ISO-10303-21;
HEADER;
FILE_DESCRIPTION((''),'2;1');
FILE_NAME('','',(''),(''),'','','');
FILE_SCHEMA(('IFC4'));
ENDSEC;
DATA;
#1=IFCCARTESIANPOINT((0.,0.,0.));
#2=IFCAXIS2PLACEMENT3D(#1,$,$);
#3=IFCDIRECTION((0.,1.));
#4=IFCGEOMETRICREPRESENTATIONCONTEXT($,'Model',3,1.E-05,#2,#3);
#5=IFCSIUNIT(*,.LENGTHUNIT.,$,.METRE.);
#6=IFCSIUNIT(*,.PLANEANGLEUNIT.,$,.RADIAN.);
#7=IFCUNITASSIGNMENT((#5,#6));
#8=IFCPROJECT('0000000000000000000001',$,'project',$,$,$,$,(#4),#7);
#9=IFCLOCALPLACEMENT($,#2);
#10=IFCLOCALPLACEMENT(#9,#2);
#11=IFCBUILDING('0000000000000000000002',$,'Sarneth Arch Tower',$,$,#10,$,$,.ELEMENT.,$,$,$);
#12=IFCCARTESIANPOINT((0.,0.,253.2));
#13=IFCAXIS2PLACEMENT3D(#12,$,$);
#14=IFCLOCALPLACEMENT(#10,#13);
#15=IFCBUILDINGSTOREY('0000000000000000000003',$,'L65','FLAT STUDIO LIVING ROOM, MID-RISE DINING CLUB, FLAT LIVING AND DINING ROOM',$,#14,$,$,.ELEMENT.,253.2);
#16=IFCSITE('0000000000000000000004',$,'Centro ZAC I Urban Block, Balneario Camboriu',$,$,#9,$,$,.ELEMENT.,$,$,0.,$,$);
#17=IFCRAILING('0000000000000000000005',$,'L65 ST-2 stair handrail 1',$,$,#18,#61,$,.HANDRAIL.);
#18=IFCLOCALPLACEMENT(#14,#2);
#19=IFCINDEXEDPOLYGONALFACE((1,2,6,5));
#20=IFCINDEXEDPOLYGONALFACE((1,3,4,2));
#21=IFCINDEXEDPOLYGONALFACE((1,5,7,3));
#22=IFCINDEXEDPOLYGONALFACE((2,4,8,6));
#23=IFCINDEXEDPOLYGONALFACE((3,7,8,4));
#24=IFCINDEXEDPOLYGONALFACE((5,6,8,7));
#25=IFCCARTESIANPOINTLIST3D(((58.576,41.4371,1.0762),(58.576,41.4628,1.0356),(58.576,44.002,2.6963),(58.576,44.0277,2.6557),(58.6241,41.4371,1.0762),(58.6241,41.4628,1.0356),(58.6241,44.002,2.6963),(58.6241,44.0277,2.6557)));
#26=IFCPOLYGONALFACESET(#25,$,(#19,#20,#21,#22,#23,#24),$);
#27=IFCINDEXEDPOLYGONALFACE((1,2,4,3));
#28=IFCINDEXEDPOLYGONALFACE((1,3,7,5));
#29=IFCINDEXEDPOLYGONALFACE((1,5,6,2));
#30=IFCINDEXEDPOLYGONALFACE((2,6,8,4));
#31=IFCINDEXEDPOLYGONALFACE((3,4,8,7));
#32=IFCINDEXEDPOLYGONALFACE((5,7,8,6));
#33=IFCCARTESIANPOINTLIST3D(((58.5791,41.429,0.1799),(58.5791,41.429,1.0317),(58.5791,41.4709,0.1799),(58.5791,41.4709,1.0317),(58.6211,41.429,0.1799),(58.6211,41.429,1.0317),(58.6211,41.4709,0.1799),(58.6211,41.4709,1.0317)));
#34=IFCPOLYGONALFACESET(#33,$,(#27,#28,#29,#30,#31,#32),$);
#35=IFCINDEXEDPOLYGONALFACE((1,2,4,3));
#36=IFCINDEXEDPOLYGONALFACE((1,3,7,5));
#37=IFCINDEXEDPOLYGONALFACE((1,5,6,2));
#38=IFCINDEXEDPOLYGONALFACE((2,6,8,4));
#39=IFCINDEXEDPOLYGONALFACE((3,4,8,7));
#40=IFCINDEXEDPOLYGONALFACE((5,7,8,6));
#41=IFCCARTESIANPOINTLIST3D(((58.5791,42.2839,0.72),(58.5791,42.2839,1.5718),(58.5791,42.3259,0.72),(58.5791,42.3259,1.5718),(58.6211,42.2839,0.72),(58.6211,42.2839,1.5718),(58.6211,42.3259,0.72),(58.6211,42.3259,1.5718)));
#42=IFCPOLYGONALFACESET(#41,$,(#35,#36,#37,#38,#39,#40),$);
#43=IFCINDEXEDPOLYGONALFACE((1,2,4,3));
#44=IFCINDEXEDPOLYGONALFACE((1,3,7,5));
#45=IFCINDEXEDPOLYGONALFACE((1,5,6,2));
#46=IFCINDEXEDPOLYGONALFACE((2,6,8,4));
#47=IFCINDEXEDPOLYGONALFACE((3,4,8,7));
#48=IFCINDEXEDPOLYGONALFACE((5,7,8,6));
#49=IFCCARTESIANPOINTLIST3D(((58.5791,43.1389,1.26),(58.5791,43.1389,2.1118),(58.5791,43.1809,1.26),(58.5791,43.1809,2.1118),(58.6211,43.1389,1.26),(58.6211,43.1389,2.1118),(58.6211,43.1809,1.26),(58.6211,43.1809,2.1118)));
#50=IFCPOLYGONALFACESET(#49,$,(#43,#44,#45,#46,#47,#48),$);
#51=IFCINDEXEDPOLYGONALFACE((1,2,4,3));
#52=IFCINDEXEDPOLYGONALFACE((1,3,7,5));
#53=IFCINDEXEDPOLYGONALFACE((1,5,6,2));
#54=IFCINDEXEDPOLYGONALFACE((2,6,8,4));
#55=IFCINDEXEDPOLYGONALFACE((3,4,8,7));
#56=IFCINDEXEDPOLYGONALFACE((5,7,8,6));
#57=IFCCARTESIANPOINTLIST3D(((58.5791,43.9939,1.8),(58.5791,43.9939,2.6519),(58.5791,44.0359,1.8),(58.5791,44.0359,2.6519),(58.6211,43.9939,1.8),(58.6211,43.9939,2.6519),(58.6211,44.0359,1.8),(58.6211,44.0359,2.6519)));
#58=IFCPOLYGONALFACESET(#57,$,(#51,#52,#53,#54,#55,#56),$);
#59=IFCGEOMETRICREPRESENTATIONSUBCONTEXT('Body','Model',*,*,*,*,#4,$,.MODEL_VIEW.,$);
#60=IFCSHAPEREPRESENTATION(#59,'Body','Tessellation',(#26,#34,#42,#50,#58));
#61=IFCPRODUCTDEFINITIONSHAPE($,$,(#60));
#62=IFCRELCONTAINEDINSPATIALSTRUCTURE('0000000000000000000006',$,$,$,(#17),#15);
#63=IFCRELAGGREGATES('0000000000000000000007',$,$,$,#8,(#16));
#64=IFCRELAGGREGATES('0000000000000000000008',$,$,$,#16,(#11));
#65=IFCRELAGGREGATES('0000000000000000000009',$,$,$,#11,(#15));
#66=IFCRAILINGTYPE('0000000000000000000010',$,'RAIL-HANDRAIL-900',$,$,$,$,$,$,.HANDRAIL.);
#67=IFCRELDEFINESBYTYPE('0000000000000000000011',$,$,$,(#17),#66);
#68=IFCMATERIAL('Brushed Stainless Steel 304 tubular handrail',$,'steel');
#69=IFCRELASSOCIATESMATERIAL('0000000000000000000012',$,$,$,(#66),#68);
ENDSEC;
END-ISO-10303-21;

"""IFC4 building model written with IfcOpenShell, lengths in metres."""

from ifc_helpers import new_model, si_unit, direction, frame, origin, origin_2d, place, context, subcontext, project, spatial, rectangle, extrude, material, type_object, element, save


model = new_model("IFC4")

# Units and contexts
model_context = context("Model", 3, precision=1e-05, world=origin(), true_north=direction((0.0, 1.0)))
body_context = subcontext(model_context, "Body", "Model", "MODEL_VIEW")
ifc_project = project(units=[si_unit("LENGTHUNIT", "METRE"), si_unit("PLANEANGLEUNIT", "RADIAN")], contexts=[model_context])

# Site, building, storey
site_placement = place(None, origin())
site = spatial("IfcSite", under=ifc_project, at=site_placement, Name="Centro ZAC I Urban Block, Balneario Camboriu", CompositionType="ELEMENT", RefElevation=0.0)
building_placement = place(site_placement, origin())
building = spatial("IfcBuilding", under=site, at=building_placement, Name="Sarneth Arch Tower", CompositionType="ELEMENT")
storey_placement = place(building_placement, frame((0.0, 0.0, 253.2)))
storey = spatial("IfcBuildingStorey", under=building, at=storey_placement, Name="L65", Description="FLAT STUDIO LIVING ROOM, MID-RISE DINING CLUB, FLAT LIVING AND DINING ROOM", CompositionType="ELEMENT", Elevation=253.2)

# Railing
ifc_material_1 = material(Name="Brushed Stainless Steel 304 tubular handrail", Category="steel")
railing_type = type_object("IfcRailingType", Name="RAIL-HANDRAIL-900", PredefinedType="HANDRAIL", material=ifc_material_1)
railing_placement = place(storey_placement, frame((58.6001, 41.45, 0.1799)))
element("IfcRailing", 1, at=railing_placement, inside=storey, type_object=railing_type, Name="L65 ST-2 stair handrail 1", PredefinedType="HANDRAIL", context=body_context, shape_type="SweptSolid", body=[
    extrude(rectangle(XDim=0.0481, YDim=0.0481, at=origin_2d()), frame((0.0, 0.0, 0.876), z_axis=(0.0, 0.845466, 0.534029), x_axis=(-1.0, 0.0, 0.0)), (0.0, 0.0, 1.0), 3.0337),
    extrude(rectangle(XDim=0.042, YDim=0.042, at=origin_2d()), origin(), (0.0, 0.0, 1.0), 0.8518),
    extrude(rectangle(XDim=0.042, YDim=0.042, at=origin_2d()), frame((0.0, 0.855, 0.54)), (0.0, 0.0, 1.0), 0.8518),
    extrude(rectangle(XDim=0.042, YDim=0.042, at=origin_2d()), frame((0.0, 1.71, 1.0801)), (0.0, 0.0, 1.0), 0.8518),
    extrude(rectangle(XDim=0.042, YDim=0.042, at=origin_2d()), frame((0.0, 2.5649, 1.6201)), (0.0, 0.0, 1.0), 0.8518),
])

save(model, "model.ifc")
